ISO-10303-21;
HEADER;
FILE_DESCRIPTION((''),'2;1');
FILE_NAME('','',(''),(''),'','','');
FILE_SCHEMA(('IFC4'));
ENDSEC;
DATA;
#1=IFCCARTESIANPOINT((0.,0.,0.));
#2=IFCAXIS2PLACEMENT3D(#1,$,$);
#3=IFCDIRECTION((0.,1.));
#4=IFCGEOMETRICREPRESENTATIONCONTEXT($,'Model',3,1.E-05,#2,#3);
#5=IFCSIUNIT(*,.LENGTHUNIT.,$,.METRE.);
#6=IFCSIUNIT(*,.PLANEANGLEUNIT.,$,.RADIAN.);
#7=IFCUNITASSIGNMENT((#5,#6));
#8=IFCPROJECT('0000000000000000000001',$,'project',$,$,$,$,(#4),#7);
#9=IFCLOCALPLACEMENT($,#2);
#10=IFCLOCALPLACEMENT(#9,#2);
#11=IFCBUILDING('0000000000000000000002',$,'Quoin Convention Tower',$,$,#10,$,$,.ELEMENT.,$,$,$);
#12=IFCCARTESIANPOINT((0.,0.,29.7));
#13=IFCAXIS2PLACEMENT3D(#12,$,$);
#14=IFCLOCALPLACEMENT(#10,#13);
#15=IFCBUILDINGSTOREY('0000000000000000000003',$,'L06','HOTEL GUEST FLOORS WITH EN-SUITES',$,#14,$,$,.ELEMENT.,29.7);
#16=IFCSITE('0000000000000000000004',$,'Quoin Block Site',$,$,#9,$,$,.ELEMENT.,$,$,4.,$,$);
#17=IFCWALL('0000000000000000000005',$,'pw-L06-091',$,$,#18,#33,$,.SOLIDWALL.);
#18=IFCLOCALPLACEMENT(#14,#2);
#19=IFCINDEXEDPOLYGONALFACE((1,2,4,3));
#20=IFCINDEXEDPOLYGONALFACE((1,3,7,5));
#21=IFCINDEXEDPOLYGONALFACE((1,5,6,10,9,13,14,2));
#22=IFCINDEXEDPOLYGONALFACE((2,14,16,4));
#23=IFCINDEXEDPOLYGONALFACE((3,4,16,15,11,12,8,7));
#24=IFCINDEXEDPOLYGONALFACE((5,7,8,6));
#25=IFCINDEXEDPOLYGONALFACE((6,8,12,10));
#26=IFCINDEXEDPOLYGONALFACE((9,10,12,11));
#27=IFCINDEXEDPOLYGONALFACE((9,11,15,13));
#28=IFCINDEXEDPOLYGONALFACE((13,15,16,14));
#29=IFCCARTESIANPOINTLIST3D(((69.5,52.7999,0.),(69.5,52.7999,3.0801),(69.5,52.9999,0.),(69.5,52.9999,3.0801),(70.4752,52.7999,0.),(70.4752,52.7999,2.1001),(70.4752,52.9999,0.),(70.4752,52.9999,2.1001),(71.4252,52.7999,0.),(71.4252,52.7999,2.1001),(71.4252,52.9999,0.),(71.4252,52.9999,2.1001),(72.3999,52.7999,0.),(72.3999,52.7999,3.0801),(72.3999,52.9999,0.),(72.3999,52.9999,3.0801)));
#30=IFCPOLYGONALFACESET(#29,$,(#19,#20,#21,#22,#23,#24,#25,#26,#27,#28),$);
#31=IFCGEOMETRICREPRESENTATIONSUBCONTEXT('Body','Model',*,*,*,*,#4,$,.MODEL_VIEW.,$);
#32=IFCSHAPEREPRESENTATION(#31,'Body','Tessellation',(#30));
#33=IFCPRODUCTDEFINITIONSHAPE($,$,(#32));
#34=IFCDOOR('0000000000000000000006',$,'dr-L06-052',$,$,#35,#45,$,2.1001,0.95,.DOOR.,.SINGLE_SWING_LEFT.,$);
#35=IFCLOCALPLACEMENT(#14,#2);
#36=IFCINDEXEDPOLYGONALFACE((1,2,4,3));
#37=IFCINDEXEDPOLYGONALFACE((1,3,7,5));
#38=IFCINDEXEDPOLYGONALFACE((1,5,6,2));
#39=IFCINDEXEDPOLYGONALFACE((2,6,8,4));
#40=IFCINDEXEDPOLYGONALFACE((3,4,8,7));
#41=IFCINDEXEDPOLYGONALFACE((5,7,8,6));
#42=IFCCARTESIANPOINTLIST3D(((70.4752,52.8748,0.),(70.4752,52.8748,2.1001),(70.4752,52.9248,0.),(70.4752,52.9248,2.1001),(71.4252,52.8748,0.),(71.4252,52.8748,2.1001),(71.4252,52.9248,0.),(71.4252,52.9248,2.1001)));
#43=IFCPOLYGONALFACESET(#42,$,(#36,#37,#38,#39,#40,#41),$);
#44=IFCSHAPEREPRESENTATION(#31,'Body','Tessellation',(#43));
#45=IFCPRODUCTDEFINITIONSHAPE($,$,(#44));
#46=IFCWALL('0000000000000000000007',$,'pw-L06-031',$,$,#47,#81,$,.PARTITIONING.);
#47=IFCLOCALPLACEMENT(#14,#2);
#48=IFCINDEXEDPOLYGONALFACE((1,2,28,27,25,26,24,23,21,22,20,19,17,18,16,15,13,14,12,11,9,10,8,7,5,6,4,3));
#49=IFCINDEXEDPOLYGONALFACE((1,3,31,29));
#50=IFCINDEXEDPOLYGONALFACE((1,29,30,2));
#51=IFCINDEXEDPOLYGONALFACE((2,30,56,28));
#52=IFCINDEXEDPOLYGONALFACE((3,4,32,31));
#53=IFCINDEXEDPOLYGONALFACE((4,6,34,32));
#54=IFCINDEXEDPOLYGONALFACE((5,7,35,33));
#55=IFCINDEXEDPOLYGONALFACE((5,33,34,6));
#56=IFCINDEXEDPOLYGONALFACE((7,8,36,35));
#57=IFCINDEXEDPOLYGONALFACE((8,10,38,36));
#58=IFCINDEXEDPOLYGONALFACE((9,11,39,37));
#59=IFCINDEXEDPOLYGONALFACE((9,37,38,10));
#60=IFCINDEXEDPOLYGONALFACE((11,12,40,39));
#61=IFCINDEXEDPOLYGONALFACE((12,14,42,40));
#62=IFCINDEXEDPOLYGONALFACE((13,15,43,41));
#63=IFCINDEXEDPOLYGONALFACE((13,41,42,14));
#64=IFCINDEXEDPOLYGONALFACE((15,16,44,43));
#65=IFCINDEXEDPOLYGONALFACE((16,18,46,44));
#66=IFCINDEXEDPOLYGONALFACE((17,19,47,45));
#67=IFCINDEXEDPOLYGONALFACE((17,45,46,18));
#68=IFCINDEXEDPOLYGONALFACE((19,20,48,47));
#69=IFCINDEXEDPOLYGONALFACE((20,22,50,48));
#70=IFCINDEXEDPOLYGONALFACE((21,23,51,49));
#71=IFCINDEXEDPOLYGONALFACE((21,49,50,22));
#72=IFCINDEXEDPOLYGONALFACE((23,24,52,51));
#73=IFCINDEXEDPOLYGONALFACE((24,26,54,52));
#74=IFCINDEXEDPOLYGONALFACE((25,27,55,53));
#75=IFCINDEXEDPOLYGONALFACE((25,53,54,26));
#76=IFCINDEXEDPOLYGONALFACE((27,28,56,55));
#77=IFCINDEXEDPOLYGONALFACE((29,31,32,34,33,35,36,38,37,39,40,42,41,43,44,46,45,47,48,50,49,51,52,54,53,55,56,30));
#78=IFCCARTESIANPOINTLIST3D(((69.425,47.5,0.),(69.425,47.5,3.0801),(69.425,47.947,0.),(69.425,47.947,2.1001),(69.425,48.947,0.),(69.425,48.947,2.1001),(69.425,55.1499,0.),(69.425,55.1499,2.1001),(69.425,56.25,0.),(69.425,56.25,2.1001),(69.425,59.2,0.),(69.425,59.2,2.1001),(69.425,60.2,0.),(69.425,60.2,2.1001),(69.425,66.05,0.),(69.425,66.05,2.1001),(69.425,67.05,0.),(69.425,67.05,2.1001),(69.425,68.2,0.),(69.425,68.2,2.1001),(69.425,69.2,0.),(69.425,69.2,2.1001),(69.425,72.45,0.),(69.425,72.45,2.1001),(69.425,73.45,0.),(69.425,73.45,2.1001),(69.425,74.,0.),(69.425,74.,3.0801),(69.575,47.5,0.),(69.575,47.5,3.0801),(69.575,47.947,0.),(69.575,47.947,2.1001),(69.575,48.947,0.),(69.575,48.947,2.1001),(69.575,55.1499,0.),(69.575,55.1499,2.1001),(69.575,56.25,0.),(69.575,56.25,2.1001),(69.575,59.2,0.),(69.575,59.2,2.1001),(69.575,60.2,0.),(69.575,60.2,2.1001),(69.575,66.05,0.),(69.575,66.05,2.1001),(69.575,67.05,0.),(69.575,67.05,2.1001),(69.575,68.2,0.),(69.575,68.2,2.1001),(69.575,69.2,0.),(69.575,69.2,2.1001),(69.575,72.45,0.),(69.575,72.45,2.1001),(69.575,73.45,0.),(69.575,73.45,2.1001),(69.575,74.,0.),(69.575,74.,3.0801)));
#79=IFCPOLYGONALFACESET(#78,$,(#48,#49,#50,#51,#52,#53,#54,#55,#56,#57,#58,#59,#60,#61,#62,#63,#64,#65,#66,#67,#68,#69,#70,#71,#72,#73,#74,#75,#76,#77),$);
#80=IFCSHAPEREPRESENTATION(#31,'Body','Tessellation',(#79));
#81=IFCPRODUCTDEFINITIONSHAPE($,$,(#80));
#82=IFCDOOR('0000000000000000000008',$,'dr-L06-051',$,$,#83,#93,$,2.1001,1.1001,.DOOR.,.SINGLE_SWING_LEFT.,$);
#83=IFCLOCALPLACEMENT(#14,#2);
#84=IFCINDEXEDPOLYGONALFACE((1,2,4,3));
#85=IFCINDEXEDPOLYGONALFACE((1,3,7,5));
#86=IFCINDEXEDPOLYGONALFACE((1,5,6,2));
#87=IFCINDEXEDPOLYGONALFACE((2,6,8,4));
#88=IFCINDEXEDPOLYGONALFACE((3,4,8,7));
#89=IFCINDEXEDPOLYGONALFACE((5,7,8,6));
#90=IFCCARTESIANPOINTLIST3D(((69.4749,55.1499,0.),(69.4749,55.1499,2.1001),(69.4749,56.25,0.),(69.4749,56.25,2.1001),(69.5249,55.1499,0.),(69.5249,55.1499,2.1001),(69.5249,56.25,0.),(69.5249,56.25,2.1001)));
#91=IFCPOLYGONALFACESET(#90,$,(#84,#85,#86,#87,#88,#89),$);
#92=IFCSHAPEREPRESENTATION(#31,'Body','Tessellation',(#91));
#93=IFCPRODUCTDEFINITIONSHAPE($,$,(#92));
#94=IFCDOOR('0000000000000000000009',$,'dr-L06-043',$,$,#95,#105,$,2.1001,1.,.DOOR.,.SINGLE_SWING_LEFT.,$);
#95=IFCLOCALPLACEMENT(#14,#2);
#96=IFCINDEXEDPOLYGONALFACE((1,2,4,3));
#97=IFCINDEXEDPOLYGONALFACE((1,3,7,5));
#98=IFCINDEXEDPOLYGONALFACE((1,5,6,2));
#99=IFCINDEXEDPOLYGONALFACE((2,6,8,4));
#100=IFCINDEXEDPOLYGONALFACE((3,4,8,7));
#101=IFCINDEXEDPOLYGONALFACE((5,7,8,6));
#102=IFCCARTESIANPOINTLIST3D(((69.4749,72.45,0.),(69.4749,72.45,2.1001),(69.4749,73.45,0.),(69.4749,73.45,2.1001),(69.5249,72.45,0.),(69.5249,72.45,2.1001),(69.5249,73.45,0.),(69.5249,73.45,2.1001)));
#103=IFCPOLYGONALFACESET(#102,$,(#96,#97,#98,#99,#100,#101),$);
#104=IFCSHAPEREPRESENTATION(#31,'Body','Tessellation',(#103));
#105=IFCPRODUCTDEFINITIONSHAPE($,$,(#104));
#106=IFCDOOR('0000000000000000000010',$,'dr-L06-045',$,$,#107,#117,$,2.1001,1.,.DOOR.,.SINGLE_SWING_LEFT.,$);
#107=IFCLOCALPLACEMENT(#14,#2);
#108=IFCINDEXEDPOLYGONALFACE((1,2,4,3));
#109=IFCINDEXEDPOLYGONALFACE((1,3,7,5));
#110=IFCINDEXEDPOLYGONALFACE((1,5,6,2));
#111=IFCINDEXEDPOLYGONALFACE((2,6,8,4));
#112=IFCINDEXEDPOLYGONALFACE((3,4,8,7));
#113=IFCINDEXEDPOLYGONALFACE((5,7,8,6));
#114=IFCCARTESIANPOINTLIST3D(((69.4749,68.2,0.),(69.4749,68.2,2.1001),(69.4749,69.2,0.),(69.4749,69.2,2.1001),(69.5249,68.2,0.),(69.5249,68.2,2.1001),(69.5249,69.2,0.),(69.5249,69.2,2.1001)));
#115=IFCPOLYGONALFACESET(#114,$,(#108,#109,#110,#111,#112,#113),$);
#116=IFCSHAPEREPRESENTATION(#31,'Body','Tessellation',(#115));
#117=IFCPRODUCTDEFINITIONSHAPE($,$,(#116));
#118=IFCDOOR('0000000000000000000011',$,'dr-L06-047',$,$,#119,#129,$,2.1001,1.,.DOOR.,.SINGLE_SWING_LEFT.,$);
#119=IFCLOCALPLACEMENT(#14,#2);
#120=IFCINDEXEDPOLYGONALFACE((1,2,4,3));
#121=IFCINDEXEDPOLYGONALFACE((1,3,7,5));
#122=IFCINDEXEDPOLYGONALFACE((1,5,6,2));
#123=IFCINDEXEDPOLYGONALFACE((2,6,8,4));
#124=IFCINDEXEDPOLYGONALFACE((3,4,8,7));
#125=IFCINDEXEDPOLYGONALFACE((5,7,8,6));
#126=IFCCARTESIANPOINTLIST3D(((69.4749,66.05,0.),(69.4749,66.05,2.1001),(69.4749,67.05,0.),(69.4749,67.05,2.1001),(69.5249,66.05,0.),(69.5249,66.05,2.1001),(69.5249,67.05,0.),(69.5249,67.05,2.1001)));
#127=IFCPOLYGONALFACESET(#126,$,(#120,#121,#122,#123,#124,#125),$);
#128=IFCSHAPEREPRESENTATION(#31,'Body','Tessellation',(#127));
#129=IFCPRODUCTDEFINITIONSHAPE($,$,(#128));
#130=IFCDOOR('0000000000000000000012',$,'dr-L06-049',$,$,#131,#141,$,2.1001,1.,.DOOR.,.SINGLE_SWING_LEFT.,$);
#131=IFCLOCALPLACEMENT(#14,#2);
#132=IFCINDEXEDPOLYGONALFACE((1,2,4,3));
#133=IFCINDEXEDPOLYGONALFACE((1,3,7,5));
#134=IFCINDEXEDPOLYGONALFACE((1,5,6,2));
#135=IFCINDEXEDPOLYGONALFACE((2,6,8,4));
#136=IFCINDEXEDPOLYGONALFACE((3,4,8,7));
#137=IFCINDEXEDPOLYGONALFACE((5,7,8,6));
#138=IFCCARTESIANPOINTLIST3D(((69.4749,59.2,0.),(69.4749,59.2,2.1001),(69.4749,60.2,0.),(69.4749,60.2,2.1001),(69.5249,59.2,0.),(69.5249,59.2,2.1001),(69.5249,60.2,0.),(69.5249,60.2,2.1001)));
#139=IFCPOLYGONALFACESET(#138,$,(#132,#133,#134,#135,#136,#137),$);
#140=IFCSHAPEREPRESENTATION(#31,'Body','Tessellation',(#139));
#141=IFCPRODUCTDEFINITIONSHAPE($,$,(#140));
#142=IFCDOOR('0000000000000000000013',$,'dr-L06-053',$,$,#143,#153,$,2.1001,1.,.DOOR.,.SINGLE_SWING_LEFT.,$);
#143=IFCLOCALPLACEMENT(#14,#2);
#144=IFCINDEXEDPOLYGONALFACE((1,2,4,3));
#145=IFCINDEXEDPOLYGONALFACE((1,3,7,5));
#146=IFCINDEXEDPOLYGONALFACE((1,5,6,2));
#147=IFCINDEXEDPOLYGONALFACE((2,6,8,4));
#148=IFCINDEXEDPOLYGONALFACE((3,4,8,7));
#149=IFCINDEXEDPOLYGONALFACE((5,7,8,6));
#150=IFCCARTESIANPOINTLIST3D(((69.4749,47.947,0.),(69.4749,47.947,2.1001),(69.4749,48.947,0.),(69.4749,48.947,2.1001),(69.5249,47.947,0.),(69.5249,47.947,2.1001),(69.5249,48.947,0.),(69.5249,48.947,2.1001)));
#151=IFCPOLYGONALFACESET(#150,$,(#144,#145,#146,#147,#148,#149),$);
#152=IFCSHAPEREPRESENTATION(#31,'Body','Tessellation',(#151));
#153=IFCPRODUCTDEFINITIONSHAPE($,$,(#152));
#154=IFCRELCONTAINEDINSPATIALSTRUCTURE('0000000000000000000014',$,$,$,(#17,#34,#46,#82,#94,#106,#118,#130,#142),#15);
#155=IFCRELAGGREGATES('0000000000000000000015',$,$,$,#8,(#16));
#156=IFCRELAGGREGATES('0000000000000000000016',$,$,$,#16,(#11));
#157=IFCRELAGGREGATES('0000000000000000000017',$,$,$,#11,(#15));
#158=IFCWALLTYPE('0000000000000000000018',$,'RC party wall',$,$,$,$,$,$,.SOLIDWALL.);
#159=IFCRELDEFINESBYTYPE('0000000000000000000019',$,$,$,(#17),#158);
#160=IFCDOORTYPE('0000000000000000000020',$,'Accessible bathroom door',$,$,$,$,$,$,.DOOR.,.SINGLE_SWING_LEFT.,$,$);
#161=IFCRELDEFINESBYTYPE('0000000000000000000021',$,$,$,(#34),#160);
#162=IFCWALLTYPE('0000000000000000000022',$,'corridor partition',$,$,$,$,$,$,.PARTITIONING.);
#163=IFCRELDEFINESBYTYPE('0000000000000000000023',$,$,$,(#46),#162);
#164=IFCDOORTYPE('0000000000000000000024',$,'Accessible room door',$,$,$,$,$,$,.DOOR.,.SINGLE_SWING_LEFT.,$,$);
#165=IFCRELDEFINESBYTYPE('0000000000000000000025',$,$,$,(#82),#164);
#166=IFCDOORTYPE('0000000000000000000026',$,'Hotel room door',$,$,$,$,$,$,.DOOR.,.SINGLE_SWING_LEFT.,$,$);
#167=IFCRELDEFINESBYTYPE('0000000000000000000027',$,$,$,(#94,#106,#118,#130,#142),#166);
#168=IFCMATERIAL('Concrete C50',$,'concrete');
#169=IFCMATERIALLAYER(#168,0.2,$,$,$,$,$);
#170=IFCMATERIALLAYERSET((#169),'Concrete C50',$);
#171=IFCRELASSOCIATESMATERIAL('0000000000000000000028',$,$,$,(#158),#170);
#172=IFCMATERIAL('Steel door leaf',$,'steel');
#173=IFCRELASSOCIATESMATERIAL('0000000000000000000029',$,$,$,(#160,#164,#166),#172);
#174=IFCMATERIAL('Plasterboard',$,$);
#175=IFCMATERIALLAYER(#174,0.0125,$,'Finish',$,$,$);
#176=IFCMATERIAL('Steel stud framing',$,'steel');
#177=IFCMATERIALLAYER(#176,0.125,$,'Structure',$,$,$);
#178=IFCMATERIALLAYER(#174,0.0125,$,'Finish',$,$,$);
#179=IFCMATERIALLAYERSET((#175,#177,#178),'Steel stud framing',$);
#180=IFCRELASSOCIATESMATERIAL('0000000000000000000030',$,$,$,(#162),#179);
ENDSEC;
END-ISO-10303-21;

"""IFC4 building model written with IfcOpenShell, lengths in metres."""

from ifc_helpers import new_model, si_unit, direction, frame, frame_2d, origin, place, context, subcontext, project, spatial, rectangle, extrude, material, layer, layer_set, type_object, element, fill, save


model = new_model("IFC4")

# Units and contexts
model_context = context("Model", 3, precision=1e-05, world=origin(), true_north=direction((0.0, 1.0)))
body_context = subcontext(model_context, "Body", "Model", "MODEL_VIEW")
ifc_project = project(units=[si_unit("LENGTHUNIT", "METRE"), si_unit("PLANEANGLEUNIT", "RADIAN")], contexts=[model_context])

# Site, building, storey
site_placement = place(None, origin())
site = spatial("IfcSite", under=ifc_project, at=site_placement, Name="Quoin Block Site", CompositionType="ELEMENT", RefElevation=4.0)
building_placement = place(site_placement, origin())
building = spatial("IfcBuilding", under=site, at=building_placement, Name="Quoin Convention Tower", CompositionType="ELEMENT")
storey_placement = place(building_placement, frame((0.0, 0.0, 29.7)))
storey = spatial("IfcBuildingStorey", under=building, at=storey_placement, Name="L06", Description="HOTEL GUEST FLOORS WITH EN-SUITES", CompositionType="ELEMENT", Elevation=29.7)

# Shared definitions
ifc_material_1 = material(Name="Plasterboard")
ifc_material_2 = material(Name="Steel stud framing", Category="steel")
ifc_material_3 = material(Name="Concrete C50", Category="concrete")

# Shared definitions
ifc_material_4 = material(Name="Steel door leaf", Category="steel")

# Shared definitions
ifc_layer_1 = layer(ifc_material_3, 0.2)
ifc_layer_set_1 = layer_set([ifc_layer_1], Name="Concrete C50")
wall_type_1 = type_object("IfcWallType", Name="RC party wall", PredefinedType="SOLIDWALL", material=ifc_layer_set_1)

# Wall, opening, door
wall_1_placement = place(storey_placement, frame((69.5, 52.8999, 0.0), z_axis=(0.0, 0.0, 1.0), x_axis=(1.0, 0.0, 0.0)))
wall_1 = element("IfcWall", 1, at=wall_1_placement, inside=storey, type_object=wall_type_1, Name="pw-L06-091", PredefinedType="SOLIDWALL", context=body_context, shape_type="SweptSolid", body=[
    extrude(rectangle(XDim=2.8999, YDim=0.2, at=frame_2d((1.45, 0.0))), origin(), (0.0, 0.0, 1.0), 3.0801),
])
opening_1_placement = place(wall_1_placement, frame((0.9751, 0.0, 0.0)))
opening_1 = element("IfcOpeningElement", 2, at=opening_1_placement, cuts=wall_1, PredefinedType="OPENING", context=body_context, shape_type="SweptSolid", body=[
    extrude(rectangle(XDim=0.95, YDim=2.1001, at=frame_2d((0.4751, 1.05))), frame((0.0, 0.1099, 0.0), z_axis=(0.0, -1.0, 0.0), x_axis=(1.0, 0.0, 0.0)), (0.0, 0.0, 1.0), 0.22),
])
door_type_1 = type_object("IfcDoorType", Name="Accessible bathroom door", OperationType="SINGLE_SWING_LEFT", PredefinedType="DOOR", material=ifc_material_4)
door_1_placement = place(opening_1_placement, origin())
door_1 = element("IfcDoor", 3, at=door_1_placement, inside=storey, type_object=door_type_1, Name="dr-L06-052", OperationType="SINGLE_SWING_LEFT", OverallHeight=2.1001, OverallWidth=0.95, PredefinedType="DOOR", context=body_context, shape_type="SweptSolid", body=[
    extrude(rectangle(XDim=0.95, YDim=2.1001, at=frame_2d((0.4751, 1.05))), frame((0.0, 0.0249, 0.0), z_axis=(0.0, -1.0, 0.0), x_axis=(1.0, 0.0, 0.0)), (0.0, 0.0, 1.0), 0.05),
])
fill(opening_1, door_1)

# Wall, openings, doors
ifc_layer_2 = layer(ifc_material_1, 0.0125, Name="Finish")
ifc_layer_3 = layer(ifc_material_2, 0.125, Name="Structure")
ifc_layer_4 = layer(ifc_material_1, 0.0125, Name="Finish")
ifc_layer_set_2 = layer_set([ifc_layer_2, ifc_layer_3, ifc_layer_4], Name="Steel stud framing")
wall_type_2 = type_object("IfcWallType", Name="corridor partition", PredefinedType="PARTITIONING", material=ifc_layer_set_2)
wall_2_placement = place(storey_placement, frame((69.5, 47.5, 0.0), z_axis=(0.0, 0.0, 1.0), x_axis=(0.0, 1.0, 0.0)))
wall_2 = element("IfcWall", 4, at=wall_2_placement, inside=storey, type_object=wall_type_2, Name="pw-L06-031", PredefinedType="PARTITIONING", context=body_context, shape_type="SweptSolid", body=[
    extrude(rectangle(XDim=26.5, YDim=0.1499, at=frame_2d((13.25, 0.0))), origin(), (0.0, 0.0, 1.0), 3.0801),
])
opening_2_placement = place(wall_2_placement, frame((24.95, 0.0, 0.0)))
opening_2 = element("IfcOpeningElement", 5, at=opening_2_placement, cuts=wall_2, PredefinedType="OPENING", context=body_context, shape_type="SweptSolid", body=[
    extrude(rectangle(XDim=1.0, YDim=2.1001, at=frame_2d((0.5, 1.05))), frame((0.0, 0.085, 0.0), z_axis=(0.0, -1.0, 0.0), x_axis=(1.0, 0.0, 0.0)), (0.0, 0.0, 1.0), 0.1699),
])
opening_3_placement = place(wall_2_placement, frame((20.7, 0.0, 0.0)))
opening_3 = element("IfcOpeningElement", 6, at=opening_3_placement, cuts=wall_2, PredefinedType="OPENING", context=body_context, shape_type="SweptSolid", body=[
    extrude(rectangle(XDim=1.0, YDim=2.1001, at=frame_2d((0.5, 1.05))), frame((0.0, 0.085, 0.0), z_axis=(0.0, -1.0, 0.0), x_axis=(1.0, 0.0, 0.0)), (0.0, 0.0, 1.0), 0.1699),
])
opening_4_placement = place(wall_2_placement, frame((18.55, 0.0, 0.0)))
opening_4 = element("IfcOpeningElement", 7, at=opening_4_placement, cuts=wall_2, PredefinedType="OPENING", context=body_context, shape_type="SweptSolid", body=[
    extrude(rectangle(XDim=1.0, YDim=2.1001, at=frame_2d((0.5, 1.05))), frame((0.0, 0.085, 0.0), z_axis=(0.0, -1.0, 0.0), x_axis=(1.0, 0.0, 0.0)), (0.0, 0.0, 1.0), 0.1699),
])
opening_5_placement = place(wall_2_placement, frame((11.7, 0.0, 0.0)))
opening_5 = element("IfcOpeningElement", 8, at=opening_5_placement, cuts=wall_2, PredefinedType="OPENING", context=body_context, shape_type="SweptSolid", body=[
    extrude(rectangle(XDim=1.0, YDim=2.1001, at=frame_2d((0.5, 1.05))), frame((0.0, 0.085, 0.0), z_axis=(0.0, -1.0, 0.0), x_axis=(1.0, 0.0, 0.0)), (0.0, 0.0, 1.0), 0.1699),
])
opening_6_placement = place(wall_2_placement, frame((7.6499, 0.0, 0.0)))
opening_6 = element("IfcOpeningElement", 9, at=opening_6_placement, cuts=wall_2, PredefinedType="OPENING", context=body_context, shape_type="SweptSolid", body=[
    extrude(rectangle(XDim=1.1001, YDim=2.1001, at=frame_2d((0.55, 1.05))), frame((0.0, 0.085, 0.0), z_axis=(0.0, -1.0, 0.0), x_axis=(1.0, 0.0, 0.0)), (0.0, 0.0, 1.0), 0.1699),
])
opening_7_placement = place(wall_2_placement, frame((0.447, 0.0, 0.0)))
opening_7 = element("IfcOpeningElement", 10, at=opening_7_placement, cuts=wall_2, PredefinedType="OPENING", context=body_context, shape_type="SweptSolid", body=[
    extrude(rectangle(XDim=1.0, YDim=2.1001, at=frame_2d((0.5, 1.05))), frame((0.0, 0.085, 0.0), z_axis=(0.0, -1.0, 0.0), x_axis=(1.0, 0.0, 0.0)), (0.0, 0.0, 1.0), 0.1699),
])
door_type_2 = type_object("IfcDoorType", Name="Accessible room door", OperationType="SINGLE_SWING_LEFT", PredefinedType="DOOR", material=ifc_material_4)
door_2_placement = place(opening_6_placement, frame((1.1001, 0.0, 0.0), z_axis=(0.0, 0.0, 1.0), x_axis=(-1.0, 0.0, 0.0)))
door_2 = element("IfcDoor", 11, at=door_2_placement, inside=storey, type_object=door_type_2, Name="dr-L06-051", OperationType="SINGLE_SWING_LEFT", OverallHeight=2.1001, OverallWidth=1.1001, PredefinedType="DOOR", context=body_context, shape_type="SweptSolid", body=[
    extrude(rectangle(XDim=1.1001, YDim=2.1001, at=frame_2d((0.55, 1.05))), frame((0.0, 0.0249, 0.0), z_axis=(0.0, -1.0, 0.0), x_axis=(1.0, 0.0, 0.0)), (0.0, 0.0, 1.0), 0.05),
])
fill(opening_6, door_2)
door_type_3 = type_object("IfcDoorType", Name="Hotel room door", OperationType="SINGLE_SWING_LEFT", PredefinedType="DOOR", material=ifc_material_4)
door_3_placement = place(opening_2_placement, frame((1.0, 0.0, 0.0), z_axis=(0.0, 0.0, 1.0), x_axis=(-1.0, 0.0, 0.0)))
door_3 = element("IfcDoor", 12, at=door_3_placement, inside=storey, type_object=door_type_3, Name="dr-L06-043", OperationType="SINGLE_SWING_LEFT", OverallHeight=2.1001, OverallWidth=1.0, PredefinedType="DOOR", context=body_context, shape_type="SweptSolid", body=[
    extrude(rectangle(XDim=1.0, YDim=2.1001, at=frame_2d((0.5, 1.05))), frame((0.0, 0.0249, 0.0), z_axis=(0.0, -1.0, 0.0), x_axis=(1.0, 0.0, 0.0)), (0.0, 0.0, 1.0), 0.05),
])
fill(opening_2, door_3)
door_4_placement = place(opening_3_placement, frame((1.0, 0.0, 0.0), z_axis=(0.0, 0.0, 1.0), x_axis=(-1.0, 0.0, 0.0)))
door_4 = element("IfcDoor", 13, at=door_4_placement, inside=storey, type_object=door_type_3, Name="dr-L06-045", OperationType="SINGLE_SWING_LEFT", OverallHeight=2.1001, OverallWidth=1.0, PredefinedType="DOOR", context=body_context, shape_type="SweptSolid", body=[
    extrude(rectangle(XDim=1.0, YDim=2.1001, at=frame_2d((0.5, 1.05))), frame((0.0, 0.0249, 0.0), z_axis=(0.0, -1.0, 0.0), x_axis=(1.0, 0.0, 0.0)), (0.0, 0.0, 1.0), 0.05),
])
fill(opening_3, door_4)
door_5_placement = place(opening_4_placement, frame((1.0, 0.0, 0.0), z_axis=(0.0, 0.0, 1.0), x_axis=(-1.0, 0.0, 0.0)))
door_5 = element("IfcDoor", 14, at=door_5_placement, inside=storey, type_object=door_type_3, Name="dr-L06-047", OperationType="SINGLE_SWING_LEFT", OverallHeight=2.1001, OverallWidth=1.0, PredefinedType="DOOR", context=body_context, shape_type="SweptSolid", body=[
    extrude(rectangle(XDim=1.0, YDim=2.1001, at=frame_2d((0.5, 1.05))), frame((0.0, 0.0249, 0.0), z_axis=(0.0, -1.0, 0.0), x_axis=(1.0, 0.0, 0.0)), (0.0, 0.0, 1.0), 0.05),
])
fill(opening_4, door_5)
door_6_placement = place(opening_5_placement, frame((1.0, 0.0, 0.0), z_axis=(0.0, 0.0, 1.0), x_axis=(-1.0, 0.0, 0.0)))
door_6 = element("IfcDoor", 15, at=door_6_placement, inside=storey, type_object=door_type_3, Name="dr-L06-049", OperationType="SINGLE_SWING_LEFT", OverallHeight=2.1001, OverallWidth=1.0, PredefinedType="DOOR", context=body_context, shape_type="SweptSolid", body=[
    extrude(rectangle(XDim=1.0, YDim=2.1001, at=frame_2d((0.5, 1.05))), frame((0.0, 0.0249, 0.0), z_axis=(0.0, -1.0, 0.0), x_axis=(1.0, 0.0, 0.0)), (0.0, 0.0, 1.0), 0.05),
])
fill(opening_5, door_6)
door_7_placement = place(opening_7_placement, frame((1.0, 0.0, 0.0), z_axis=(0.0, 0.0, 1.0), x_axis=(-1.0, 0.0, 0.0)))
door_7 = element("IfcDoor", 16, at=door_7_placement, inside=storey, type_object=door_type_3, Name="dr-L06-053", OperationType="SINGLE_SWING_LEFT", OverallHeight=2.1001, OverallWidth=1.0, PredefinedType="DOOR", context=body_context, shape_type="SweptSolid", body=[
    extrude(rectangle(XDim=1.0, YDim=2.1001, at=frame_2d((0.5, 1.05))), frame((0.0, 0.0249, 0.0), z_axis=(0.0, -1.0, 0.0), x_axis=(1.0, 0.0, 0.0)), (0.0, 0.0, 1.0), 0.05),
])
fill(opening_7, door_7)

save(model, "model.ifc")
